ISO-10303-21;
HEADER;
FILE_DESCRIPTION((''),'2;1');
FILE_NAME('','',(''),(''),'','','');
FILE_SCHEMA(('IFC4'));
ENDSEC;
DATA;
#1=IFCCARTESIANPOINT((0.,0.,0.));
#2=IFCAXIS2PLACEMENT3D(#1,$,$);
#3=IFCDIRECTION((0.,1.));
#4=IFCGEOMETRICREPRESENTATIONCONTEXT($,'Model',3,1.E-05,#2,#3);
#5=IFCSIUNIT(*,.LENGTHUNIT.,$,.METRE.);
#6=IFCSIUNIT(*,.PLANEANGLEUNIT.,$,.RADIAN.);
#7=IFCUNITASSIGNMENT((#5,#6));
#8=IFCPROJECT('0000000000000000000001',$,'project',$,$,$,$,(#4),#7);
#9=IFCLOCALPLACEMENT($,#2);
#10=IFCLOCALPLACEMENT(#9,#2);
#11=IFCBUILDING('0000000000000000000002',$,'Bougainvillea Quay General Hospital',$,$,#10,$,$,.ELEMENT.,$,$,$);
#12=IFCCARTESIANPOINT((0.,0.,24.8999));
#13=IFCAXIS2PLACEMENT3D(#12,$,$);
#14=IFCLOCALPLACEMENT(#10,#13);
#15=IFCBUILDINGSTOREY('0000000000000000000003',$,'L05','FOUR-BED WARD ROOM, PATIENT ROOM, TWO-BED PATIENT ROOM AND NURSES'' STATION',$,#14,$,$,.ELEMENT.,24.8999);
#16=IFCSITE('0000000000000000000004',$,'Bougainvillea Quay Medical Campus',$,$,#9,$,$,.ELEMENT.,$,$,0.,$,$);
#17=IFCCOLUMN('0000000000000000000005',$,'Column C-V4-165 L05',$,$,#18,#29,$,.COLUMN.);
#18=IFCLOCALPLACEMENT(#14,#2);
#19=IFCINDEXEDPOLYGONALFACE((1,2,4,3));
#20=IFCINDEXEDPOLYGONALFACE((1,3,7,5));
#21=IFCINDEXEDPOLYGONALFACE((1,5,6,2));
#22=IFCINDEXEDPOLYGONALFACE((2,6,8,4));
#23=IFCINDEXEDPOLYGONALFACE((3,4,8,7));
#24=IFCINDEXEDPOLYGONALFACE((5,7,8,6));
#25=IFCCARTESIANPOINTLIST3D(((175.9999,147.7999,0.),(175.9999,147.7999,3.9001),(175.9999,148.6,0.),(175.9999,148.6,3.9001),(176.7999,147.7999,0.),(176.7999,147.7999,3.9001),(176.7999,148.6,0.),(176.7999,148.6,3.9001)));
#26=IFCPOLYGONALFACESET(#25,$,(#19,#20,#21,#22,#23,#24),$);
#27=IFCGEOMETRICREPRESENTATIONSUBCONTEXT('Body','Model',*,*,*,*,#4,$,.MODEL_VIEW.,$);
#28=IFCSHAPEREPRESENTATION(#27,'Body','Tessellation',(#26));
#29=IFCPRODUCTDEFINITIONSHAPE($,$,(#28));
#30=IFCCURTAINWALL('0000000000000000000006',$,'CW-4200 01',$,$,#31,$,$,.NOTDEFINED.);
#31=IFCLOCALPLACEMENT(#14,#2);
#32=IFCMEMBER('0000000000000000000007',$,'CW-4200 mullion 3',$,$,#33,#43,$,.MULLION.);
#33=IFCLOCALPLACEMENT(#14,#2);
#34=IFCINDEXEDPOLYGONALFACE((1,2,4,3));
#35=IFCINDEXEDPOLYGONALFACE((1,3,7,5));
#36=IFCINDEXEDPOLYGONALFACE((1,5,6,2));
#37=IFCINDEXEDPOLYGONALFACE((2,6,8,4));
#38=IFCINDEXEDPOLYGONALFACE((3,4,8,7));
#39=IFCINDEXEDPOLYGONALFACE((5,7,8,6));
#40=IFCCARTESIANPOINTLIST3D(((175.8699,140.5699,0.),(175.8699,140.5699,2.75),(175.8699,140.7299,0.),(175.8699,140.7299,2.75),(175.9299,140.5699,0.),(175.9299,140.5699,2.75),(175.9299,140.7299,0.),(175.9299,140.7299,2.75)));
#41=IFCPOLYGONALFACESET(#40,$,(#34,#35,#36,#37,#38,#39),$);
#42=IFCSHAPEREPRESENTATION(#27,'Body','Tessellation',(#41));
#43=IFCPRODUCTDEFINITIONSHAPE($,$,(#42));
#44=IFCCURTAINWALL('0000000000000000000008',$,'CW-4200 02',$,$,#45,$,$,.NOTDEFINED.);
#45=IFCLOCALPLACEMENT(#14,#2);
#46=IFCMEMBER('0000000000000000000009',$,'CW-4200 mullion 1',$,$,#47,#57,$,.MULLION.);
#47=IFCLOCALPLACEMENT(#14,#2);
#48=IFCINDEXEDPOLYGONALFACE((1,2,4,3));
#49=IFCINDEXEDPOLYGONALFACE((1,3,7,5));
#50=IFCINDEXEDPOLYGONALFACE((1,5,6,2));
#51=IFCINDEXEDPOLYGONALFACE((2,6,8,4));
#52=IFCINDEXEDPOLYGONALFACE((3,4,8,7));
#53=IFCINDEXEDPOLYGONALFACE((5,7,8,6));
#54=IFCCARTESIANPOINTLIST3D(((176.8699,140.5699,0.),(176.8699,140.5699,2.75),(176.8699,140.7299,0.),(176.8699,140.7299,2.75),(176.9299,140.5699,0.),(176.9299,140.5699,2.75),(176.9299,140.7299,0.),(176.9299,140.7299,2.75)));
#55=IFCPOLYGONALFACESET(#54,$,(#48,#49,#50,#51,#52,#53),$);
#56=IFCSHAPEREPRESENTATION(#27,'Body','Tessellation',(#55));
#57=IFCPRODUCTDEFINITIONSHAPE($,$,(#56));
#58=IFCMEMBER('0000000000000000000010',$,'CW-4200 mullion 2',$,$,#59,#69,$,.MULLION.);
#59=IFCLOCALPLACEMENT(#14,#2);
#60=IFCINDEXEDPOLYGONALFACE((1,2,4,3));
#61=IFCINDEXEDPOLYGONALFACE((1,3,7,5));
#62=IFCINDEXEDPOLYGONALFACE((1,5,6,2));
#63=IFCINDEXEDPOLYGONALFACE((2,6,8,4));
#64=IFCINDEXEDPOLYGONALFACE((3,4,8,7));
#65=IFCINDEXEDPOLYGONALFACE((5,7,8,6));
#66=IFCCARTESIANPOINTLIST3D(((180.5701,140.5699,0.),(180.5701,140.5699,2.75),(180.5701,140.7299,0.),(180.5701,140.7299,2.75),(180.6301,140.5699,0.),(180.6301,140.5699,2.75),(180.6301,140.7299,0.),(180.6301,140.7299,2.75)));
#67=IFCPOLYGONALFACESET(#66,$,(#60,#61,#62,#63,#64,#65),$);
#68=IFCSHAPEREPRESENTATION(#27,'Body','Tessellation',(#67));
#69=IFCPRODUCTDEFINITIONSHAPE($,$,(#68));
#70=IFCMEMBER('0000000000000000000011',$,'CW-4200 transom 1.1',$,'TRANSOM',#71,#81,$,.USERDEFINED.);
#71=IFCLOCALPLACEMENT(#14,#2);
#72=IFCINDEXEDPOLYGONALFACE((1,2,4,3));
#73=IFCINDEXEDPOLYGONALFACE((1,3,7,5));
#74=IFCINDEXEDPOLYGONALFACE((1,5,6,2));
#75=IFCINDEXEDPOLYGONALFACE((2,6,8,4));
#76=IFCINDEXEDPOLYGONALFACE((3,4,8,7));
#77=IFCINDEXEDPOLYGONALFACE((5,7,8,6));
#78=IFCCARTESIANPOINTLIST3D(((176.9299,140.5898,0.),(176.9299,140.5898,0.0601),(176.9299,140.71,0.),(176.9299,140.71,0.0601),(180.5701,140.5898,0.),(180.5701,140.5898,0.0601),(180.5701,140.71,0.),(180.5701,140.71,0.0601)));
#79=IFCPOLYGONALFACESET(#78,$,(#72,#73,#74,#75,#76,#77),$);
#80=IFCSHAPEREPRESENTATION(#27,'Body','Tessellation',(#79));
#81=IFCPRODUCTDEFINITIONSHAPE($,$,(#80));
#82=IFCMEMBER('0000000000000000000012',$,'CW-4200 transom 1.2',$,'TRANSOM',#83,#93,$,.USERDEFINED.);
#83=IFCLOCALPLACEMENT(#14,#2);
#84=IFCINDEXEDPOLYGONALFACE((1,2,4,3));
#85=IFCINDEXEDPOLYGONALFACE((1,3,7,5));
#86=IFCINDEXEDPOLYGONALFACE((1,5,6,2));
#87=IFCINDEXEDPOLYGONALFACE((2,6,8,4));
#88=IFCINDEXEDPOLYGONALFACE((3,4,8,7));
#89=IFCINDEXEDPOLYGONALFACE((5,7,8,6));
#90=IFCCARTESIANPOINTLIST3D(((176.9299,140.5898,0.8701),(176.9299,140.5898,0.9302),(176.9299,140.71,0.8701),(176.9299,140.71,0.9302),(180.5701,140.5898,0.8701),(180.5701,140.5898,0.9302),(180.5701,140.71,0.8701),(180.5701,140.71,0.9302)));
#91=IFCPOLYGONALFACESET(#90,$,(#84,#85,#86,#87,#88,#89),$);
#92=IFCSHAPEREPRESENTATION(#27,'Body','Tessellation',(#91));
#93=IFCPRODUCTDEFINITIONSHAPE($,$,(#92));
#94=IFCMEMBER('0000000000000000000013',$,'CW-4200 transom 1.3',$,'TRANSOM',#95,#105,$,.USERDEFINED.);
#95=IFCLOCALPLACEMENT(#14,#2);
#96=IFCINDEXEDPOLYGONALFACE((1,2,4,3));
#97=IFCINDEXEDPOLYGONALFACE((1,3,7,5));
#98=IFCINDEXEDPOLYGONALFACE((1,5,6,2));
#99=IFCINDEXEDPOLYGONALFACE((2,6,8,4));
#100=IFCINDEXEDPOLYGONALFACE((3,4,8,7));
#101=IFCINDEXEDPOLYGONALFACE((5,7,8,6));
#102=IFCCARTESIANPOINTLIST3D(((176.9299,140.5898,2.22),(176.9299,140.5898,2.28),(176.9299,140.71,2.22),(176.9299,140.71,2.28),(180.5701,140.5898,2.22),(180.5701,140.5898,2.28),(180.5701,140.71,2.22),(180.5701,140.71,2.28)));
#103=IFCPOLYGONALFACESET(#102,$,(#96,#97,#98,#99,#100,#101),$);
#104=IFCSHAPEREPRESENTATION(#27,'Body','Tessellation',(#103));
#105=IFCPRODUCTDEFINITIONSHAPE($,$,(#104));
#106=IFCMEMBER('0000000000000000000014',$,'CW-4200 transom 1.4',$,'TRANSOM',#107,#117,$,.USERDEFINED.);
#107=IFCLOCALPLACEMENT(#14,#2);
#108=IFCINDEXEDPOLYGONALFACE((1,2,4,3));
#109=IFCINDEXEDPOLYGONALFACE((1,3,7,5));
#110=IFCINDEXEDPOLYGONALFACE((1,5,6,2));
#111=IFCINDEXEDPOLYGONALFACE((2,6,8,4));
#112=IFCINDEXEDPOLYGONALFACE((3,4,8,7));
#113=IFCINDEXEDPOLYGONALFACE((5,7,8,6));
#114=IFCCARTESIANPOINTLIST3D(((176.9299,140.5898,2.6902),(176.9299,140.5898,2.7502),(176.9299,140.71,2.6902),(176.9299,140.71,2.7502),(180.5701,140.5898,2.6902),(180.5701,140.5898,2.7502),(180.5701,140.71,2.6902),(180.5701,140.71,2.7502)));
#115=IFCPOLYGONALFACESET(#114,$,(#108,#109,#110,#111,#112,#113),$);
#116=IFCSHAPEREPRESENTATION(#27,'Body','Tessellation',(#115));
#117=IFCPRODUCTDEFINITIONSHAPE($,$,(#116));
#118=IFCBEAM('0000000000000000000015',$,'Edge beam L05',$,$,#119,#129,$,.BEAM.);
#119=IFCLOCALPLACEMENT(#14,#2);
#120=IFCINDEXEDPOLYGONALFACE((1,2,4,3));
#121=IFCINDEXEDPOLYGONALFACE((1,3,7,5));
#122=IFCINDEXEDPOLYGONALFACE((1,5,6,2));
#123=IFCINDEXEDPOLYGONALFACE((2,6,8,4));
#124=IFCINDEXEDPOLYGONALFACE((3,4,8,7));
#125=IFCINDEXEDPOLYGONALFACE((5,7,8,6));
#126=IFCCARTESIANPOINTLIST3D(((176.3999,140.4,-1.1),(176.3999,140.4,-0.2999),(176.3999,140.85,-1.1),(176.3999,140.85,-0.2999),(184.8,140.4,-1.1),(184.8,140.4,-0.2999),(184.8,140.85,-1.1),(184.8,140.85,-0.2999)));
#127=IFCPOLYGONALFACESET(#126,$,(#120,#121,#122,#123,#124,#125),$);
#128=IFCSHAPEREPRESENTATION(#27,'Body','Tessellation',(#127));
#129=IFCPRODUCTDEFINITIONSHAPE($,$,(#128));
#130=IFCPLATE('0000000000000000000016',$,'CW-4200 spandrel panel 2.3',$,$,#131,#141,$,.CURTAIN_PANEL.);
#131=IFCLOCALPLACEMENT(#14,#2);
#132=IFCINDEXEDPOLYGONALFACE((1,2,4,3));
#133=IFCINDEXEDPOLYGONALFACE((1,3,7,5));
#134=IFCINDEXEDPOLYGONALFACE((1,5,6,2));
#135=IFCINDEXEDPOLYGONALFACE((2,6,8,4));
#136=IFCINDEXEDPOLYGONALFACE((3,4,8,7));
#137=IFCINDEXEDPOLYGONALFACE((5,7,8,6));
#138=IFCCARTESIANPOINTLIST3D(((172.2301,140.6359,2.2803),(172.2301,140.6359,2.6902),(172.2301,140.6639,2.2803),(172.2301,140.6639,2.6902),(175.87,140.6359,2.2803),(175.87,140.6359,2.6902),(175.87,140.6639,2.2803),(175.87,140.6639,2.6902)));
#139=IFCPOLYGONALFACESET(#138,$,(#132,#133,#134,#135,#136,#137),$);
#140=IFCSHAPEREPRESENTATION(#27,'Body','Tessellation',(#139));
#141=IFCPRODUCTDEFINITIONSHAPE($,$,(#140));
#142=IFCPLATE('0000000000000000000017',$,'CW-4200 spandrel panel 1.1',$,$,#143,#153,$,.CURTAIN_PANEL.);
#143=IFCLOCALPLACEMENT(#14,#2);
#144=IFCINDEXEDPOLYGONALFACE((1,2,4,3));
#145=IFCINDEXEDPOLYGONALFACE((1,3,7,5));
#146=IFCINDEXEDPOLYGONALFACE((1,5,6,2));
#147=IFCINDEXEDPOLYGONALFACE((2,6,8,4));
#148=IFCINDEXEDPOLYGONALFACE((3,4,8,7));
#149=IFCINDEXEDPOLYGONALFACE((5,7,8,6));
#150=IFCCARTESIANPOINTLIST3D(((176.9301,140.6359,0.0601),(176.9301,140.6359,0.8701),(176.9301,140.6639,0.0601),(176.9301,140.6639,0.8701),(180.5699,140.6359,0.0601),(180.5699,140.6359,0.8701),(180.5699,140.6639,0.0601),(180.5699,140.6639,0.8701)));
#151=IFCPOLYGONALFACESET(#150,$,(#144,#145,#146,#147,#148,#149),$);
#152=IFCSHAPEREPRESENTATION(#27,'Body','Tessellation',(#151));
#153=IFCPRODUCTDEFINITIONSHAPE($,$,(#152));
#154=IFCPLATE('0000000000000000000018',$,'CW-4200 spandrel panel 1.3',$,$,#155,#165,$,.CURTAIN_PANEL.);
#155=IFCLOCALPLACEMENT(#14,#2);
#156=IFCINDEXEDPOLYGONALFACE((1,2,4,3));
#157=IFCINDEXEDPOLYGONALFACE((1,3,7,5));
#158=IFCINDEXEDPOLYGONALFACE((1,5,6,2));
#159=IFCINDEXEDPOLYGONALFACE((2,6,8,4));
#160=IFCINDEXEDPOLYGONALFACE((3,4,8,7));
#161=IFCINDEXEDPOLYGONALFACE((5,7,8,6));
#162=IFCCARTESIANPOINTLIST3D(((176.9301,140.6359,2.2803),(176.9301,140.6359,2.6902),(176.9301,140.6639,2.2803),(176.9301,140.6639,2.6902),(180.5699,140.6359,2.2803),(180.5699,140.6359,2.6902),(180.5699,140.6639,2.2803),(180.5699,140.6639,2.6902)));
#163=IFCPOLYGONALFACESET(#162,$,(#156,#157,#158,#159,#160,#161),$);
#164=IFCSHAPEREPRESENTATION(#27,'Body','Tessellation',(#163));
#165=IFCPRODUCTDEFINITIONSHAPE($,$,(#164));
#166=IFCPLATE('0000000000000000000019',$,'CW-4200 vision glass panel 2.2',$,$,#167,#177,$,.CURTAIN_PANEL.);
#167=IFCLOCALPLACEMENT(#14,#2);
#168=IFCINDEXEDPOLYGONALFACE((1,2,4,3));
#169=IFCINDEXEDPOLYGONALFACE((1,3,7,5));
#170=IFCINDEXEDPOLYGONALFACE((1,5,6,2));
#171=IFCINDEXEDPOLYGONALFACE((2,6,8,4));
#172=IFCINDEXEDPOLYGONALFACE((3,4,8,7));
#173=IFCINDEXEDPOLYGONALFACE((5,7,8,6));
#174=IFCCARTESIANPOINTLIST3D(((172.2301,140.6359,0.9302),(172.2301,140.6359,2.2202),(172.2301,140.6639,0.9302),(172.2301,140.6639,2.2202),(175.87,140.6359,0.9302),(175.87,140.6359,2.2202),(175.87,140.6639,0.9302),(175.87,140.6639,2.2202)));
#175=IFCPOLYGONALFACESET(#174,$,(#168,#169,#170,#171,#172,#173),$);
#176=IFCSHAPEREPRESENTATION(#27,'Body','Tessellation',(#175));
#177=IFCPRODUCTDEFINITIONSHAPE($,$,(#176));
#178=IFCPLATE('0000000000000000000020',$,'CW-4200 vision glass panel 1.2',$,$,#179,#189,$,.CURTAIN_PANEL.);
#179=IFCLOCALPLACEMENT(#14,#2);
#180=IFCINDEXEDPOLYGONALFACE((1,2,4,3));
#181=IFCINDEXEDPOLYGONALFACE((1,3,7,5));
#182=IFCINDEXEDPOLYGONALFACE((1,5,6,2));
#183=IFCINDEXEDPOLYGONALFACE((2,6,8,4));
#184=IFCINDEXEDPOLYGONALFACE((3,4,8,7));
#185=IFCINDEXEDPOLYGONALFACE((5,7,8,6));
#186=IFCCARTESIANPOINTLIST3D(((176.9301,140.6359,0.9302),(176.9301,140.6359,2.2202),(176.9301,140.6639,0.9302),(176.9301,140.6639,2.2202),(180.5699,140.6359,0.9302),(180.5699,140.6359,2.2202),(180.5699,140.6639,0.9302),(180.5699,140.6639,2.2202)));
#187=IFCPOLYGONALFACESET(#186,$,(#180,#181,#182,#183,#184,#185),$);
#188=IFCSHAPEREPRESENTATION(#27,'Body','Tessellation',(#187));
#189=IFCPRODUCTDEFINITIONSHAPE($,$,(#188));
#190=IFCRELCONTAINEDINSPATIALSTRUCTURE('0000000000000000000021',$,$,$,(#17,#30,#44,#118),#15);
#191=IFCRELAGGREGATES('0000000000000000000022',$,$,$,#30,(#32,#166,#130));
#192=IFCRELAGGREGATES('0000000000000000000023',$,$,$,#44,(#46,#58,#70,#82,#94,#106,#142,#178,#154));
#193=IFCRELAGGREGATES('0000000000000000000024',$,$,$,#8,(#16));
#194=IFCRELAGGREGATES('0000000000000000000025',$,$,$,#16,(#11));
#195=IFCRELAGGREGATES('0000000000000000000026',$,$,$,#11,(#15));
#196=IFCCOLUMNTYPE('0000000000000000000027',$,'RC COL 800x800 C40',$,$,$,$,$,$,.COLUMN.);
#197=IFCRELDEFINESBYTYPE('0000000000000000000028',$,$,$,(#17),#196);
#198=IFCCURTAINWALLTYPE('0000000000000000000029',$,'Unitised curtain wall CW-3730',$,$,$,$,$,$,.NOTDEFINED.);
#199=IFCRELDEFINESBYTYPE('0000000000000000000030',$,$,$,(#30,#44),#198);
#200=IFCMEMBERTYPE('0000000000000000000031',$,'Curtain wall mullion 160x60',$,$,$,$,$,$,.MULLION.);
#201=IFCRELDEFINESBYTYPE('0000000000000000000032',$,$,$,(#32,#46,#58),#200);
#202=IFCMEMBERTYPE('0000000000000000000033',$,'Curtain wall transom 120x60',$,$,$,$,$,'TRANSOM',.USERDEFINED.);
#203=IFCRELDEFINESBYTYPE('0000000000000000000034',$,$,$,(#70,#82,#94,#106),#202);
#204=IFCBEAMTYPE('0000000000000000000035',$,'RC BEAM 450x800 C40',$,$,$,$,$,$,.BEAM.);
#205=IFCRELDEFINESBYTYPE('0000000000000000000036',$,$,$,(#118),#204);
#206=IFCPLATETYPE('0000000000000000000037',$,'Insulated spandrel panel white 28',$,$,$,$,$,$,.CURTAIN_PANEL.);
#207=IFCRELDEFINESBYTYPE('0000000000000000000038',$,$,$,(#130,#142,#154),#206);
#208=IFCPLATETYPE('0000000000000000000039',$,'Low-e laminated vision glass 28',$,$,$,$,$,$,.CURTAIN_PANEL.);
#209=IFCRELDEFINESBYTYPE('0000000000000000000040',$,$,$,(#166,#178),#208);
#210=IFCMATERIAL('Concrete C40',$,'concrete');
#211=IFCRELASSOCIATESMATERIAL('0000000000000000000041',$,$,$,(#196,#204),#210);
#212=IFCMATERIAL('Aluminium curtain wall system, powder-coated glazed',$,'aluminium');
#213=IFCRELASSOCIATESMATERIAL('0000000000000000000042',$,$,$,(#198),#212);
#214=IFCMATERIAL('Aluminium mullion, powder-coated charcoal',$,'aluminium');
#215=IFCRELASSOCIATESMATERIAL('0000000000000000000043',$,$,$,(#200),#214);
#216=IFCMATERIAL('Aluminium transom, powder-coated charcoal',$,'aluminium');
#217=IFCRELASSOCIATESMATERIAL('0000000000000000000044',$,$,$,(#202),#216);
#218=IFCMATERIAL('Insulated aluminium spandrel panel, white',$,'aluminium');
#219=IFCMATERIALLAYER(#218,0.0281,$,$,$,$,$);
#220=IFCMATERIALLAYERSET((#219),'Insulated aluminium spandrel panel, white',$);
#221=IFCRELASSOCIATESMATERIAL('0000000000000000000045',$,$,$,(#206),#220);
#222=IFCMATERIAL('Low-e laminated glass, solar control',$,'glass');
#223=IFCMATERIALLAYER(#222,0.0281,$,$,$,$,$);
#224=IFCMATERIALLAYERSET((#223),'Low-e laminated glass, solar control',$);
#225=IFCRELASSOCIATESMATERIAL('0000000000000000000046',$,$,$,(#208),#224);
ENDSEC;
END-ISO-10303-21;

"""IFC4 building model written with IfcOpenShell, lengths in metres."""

from ifc_helpers import new_model, si_unit, direction, frame, origin, origin_2d, place, context, subcontext, project, spatial, rectangle, extrude, material, layer, layer_set, material_profile, profile_set, type_object, element, aggregate, save


model = new_model("IFC4")

# Units and contexts
model_context = context("Model", 3, precision=1e-05, world=origin(), true_north=direction((0.0, 1.0)))
body_context = subcontext(model_context, "Body", "Model", "MODEL_VIEW")
ifc_project = project(units=[si_unit("LENGTHUNIT", "METRE"), si_unit("PLANEANGLEUNIT", "RADIAN")], contexts=[model_context])

# Site, building, storey
site_placement = place(None, origin())
site = spatial("IfcSite", under=ifc_project, at=site_placement, Name="Bougainvillea Quay Medical Campus", CompositionType="ELEMENT", RefElevation=0.0)
building_placement = place(site_placement, origin())
building = spatial("IfcBuilding", under=site, at=building_placement, Name="Bougainvillea Quay General Hospital", CompositionType="ELEMENT")
storey_placement = place(building_placement, frame((0.0, 0.0, 24.8999)))
storey = spatial("IfcBuildingStorey", under=building, at=storey_placement, Name="L05", Description="FOUR-BED WARD ROOM, PATIENT ROOM, TWO-BED PATIENT ROOM AND NURSES' STATION", CompositionType="ELEMENT", Elevation=24.8999)

# Column
ifc_material_1 = material(Name="Concrete C40", Category="concrete")
ifc_material_profile_1 = material_profile(ifc_material_1, rectangle(XDim=0.8, YDim=0.8, at=origin_2d()))
ifc_profile_set_1 = profile_set([ifc_material_profile_1], Name="Concrete C40")
column_type = type_object("IfcColumnType", Name="RC COL 800x800 C40", PredefinedType="COLUMN", material=ifc_profile_set_1)
column_placement = place(storey_placement, frame((176.3999, 148.2, 0.0), z_axis=(0.0, 0.0, 1.0), x_axis=(1.0, 0.0, 0.0)))
element("IfcColumn", 1, at=column_placement, inside=storey, type_object=column_type, Name="Column C-V4-165 L05", PredefinedType="COLUMN", context=body_context, shape_type="SweptSolid", body=[
    extrude(rectangle(XDim=0.8, YDim=0.8, at=origin_2d()), origin(), (0.0, 0.0, 1.0), 3.9001),
])

# Curtain wall, member
ifc_material_2 = material(Name="Aluminium curtain wall system, powder-coated glazed", Category="aluminium")
curtain_wall_type = type_object("IfcCurtainWallType", Name="Unitised curtain wall CW-3730", PredefinedType="NOTDEFINED", material=ifc_material_2)
curtain_wall_1_placement = place(storey_placement, origin())
curtain_wall_1 = element("IfcCurtainWall", 2, at=curtain_wall_1_placement, inside=storey, type_object=curtain_wall_type, Name="CW-4200 01", PredefinedType="NOTDEFINED")
ifc_material_3 = material(Name="Aluminium mullion, powder-coated charcoal", Category="aluminium")
ifc_material_profile_2 = material_profile(ifc_material_3, rectangle(XDim=0.1599, YDim=0.0601, at=origin_2d()))
ifc_profile_set_2 = profile_set([ifc_material_profile_2], Name="Aluminium mullion, powder-coated charcoal")
member_type_1 = type_object("IfcMemberType", Name="Curtain wall mullion 160x60", PredefinedType="MULLION", material=ifc_profile_set_2)
member_1_placement = place(storey_placement, frame((175.8999, 140.6499, 0.0), z_axis=(0.0, 0.0, 1.0), x_axis=(0.0, 1.0, 0.0)))
member_1 = element("IfcMember", 3, at=member_1_placement, type_object=member_type_1, Name="CW-4200 mullion 3", PredefinedType="MULLION", context=body_context, shape_type="SweptSolid", body=[
    extrude(rectangle(XDim=0.1599, YDim=0.0601, at=origin_2d()), origin(), (0.0, 0.0, 1.0), 2.75),
])

# Curtain wall, members
curtain_wall_2_placement = place(storey_placement, origin())
curtain_wall_2 = element("IfcCurtainWall", 4, at=curtain_wall_2_placement, inside=storey, type_object=curtain_wall_type, Name="CW-4200 02", PredefinedType="NOTDEFINED")
member_2_placement = place(storey_placement, frame((176.8999, 140.6499, 0.0), z_axis=(0.0, 0.0, 1.0), x_axis=(0.0, 1.0, 0.0)))
member_2 = element("IfcMember", 5, at=member_2_placement, type_object=member_type_1, Name="CW-4200 mullion 1", PredefinedType="MULLION", context=body_context, shape_type="SweptSolid", body=[
    extrude(rectangle(XDim=0.1599, YDim=0.0601, at=origin_2d()), origin(), (0.0, 0.0, 1.0), 2.75),
])
member_3_placement = place(storey_placement, frame((180.6001, 140.6499, 0.0), z_axis=(0.0, 0.0, 1.0), x_axis=(0.0, 1.0, 0.0)))
member_3 = element("IfcMember", 6, at=member_3_placement, type_object=member_type_1, Name="CW-4200 mullion 2", PredefinedType="MULLION", context=body_context, shape_type="SweptSolid", body=[
    extrude(rectangle(XDim=0.1599, YDim=0.0601, at=origin_2d()), origin(), (0.0, 0.0, 1.0), 2.75),
])
ifc_material_4 = material(Name="Aluminium transom, powder-coated charcoal", Category="aluminium")
ifc_material_profile_3 = material_profile(ifc_material_4, rectangle(XDim=0.1201, YDim=0.0601, at=origin_2d()))
ifc_profile_set_3 = profile_set([ifc_material_profile_3], Name="Aluminium transom, powder-coated charcoal")
member_type_2 = type_object("IfcMemberType", Name="Curtain wall transom 120x60", ElementType="TRANSOM", PredefinedType="USERDEFINED", material=ifc_profile_set_3)
member_4_placement = place(storey_placement, frame((176.9299, 140.6499, 0.03), z_axis=(1.0, 0.0, 0.0), x_axis=(0.0, 1.0, 0.0)))
member_4 = element("IfcMember", 7, at=member_4_placement, type_object=member_type_2, Name="CW-4200 transom 1.1", ObjectType="TRANSOM", PredefinedType="USERDEFINED", context=body_context, shape_type="SweptSolid", body=[
    extrude(rectangle(XDim=0.1201, YDim=0.0601, at=origin_2d()), origin(), (0.0, 0.0, 1.0), 3.6401),
])
member_5_placement = place(storey_placement, frame((176.9299, 140.6499, 0.9001), z_axis=(1.0, 0.0, 0.0), x_axis=(0.0, 1.0, 0.0)))
member_5 = element("IfcMember", 8, at=member_5_placement, type_object=member_type_2, Name="CW-4200 transom 1.2", ObjectType="TRANSOM", PredefinedType="USERDEFINED", context=body_context, shape_type="SweptSolid", body=[
    extrude(rectangle(XDim=0.1201, YDim=0.0601, at=origin_2d()), origin(), (0.0, 0.0, 1.0), 3.6401),
])
member_6_placement = place(storey_placement, frame((176.9299, 140.6499, 2.25), z_axis=(1.0, 0.0, 0.0), x_axis=(0.0, 1.0, 0.0)))
member_6 = element("IfcMember", 9, at=member_6_placement, type_object=member_type_2, Name="CW-4200 transom 1.3", ObjectType="TRANSOM", PredefinedType="USERDEFINED", context=body_context, shape_type="SweptSolid", body=[
    extrude(rectangle(XDim=0.1201, YDim=0.0601, at=origin_2d()), origin(), (0.0, 0.0, 1.0), 3.6401),
])
member_7_placement = place(storey_placement, frame((176.9299, 140.6499, 2.7202), z_axis=(1.0, 0.0, 0.0), x_axis=(0.0, 1.0, 0.0)))
member_7 = element("IfcMember", 10, at=member_7_placement, type_object=member_type_2, Name="CW-4200 transom 1.4", ObjectType="TRANSOM", PredefinedType="USERDEFINED", context=body_context, shape_type="SweptSolid", body=[
    extrude(rectangle(XDim=0.1201, YDim=0.0601, at=origin_2d()), origin(), (0.0, 0.0, 1.0), 3.6401),
])

# Beam
ifc_material_profile_4 = material_profile(ifc_material_1, rectangle(XDim=0.45, YDim=0.8, at=origin_2d()))
ifc_profile_set_4 = profile_set([ifc_material_profile_4], Name="Concrete C40")
beam_type = type_object("IfcBeamType", Name="RC BEAM 450x800 C40", PredefinedType="BEAM", material=ifc_profile_set_4)
beam_placement = place(storey_placement, frame((176.3999, 140.625, -0.7), z_axis=(1.0, 0.0, 0.0), x_axis=(0.0, 1.0, 0.0)))
element("IfcBeam", 11, at=beam_placement, inside=storey, type_object=beam_type, Name="Edge beam L05", PredefinedType="BEAM", context=body_context, shape_type="SweptSolid", body=[
    extrude(rectangle(XDim=0.45, YDim=0.8, at=origin_2d()), origin(), (0.0, 0.0, 1.0), 8.4001),
])

# Plates
ifc_material_5 = material(Name="Insulated aluminium spandrel panel, white", Category="aluminium")
ifc_layer_1 = layer(ifc_material_5, 0.0281)
ifc_layer_set_1 = layer_set([ifc_layer_1], Name="Insulated aluminium spandrel panel, white")
plate_type_1 = type_object("IfcPlateType", Name="Insulated spandrel panel white 28", PredefinedType="CURTAIN_PANEL", material=ifc_layer_set_1)
plate_1_placement = place(storey_placement, frame((174.05, 140.6499, 2.2803), z_axis=(0.0, 0.0, 1.0), x_axis=(1.0, 0.0, 0.0)))
plate_1 = element("IfcPlate", 12, at=plate_1_placement, type_object=plate_type_1, Name="CW-4200 spandrel panel 2.3", PredefinedType="CURTAIN_PANEL", context=body_context, shape_type="SweptSolid", body=[
    extrude(rectangle(XDim=3.6399, YDim=0.0281, at=origin_2d()), origin(), (0.0, 0.0, 1.0), 0.4099),
])
plate_2_placement = place(storey_placement, frame((178.75, 140.6499, 0.0601), z_axis=(0.0, 0.0, 1.0), x_axis=(1.0, 0.0, 0.0)))
plate_2 = element("IfcPlate", 13, at=plate_2_placement, type_object=plate_type_1, Name="CW-4200 spandrel panel 1.1", PredefinedType="CURTAIN_PANEL", context=body_context, shape_type="SweptSolid", body=[
    extrude(rectangle(XDim=3.6399, YDim=0.0281, at=origin_2d()), origin(), (0.0, 0.0, 1.0), 0.8101),
])
plate_3_placement = place(storey_placement, frame((178.75, 140.6499, 2.2803), z_axis=(0.0, 0.0, 1.0), x_axis=(1.0, 0.0, 0.0)))
plate_3 = element("IfcPlate", 14, at=plate_3_placement, type_object=plate_type_1, Name="CW-4200 spandrel panel 1.3", PredefinedType="CURTAIN_PANEL", context=body_context, shape_type="SweptSolid", body=[
    extrude(rectangle(XDim=3.6399, YDim=0.0281, at=origin_2d()), origin(), (0.0, 0.0, 1.0), 0.4099),
])
ifc_material_6 = material(Name="Low-e laminated glass, solar control", Category="glass")
ifc_layer_2 = layer(ifc_material_6, 0.0281)
ifc_layer_set_2 = layer_set([ifc_layer_2], Name="Low-e laminated glass, solar control")
plate_type_2 = type_object("IfcPlateType", Name="Low-e laminated vision glass 28", PredefinedType="CURTAIN_PANEL", material=ifc_layer_set_2)
plate_4_placement = place(storey_placement, frame((174.05, 140.6499, 0.9302), z_axis=(0.0, 0.0, 1.0), x_axis=(1.0, 0.0, 0.0)))
plate_4 = element("IfcPlate", 15, at=plate_4_placement, type_object=plate_type_2, Name="CW-4200 vision glass panel 2.2", PredefinedType="CURTAIN_PANEL", context=body_context, shape_type="SweptSolid", body=[
    extrude(rectangle(XDim=3.6399, YDim=0.0281, at=origin_2d()), origin(), (0.0, 0.0, 1.0), 1.29),
])
aggregate(curtain_wall_1, [member_1, plate_4, plate_1])
plate_5_placement = place(storey_placement, frame((178.75, 140.6499, 0.9302), z_axis=(0.0, 0.0, 1.0), x_axis=(1.0, 0.0, 0.0)))
plate_5 = element("IfcPlate", 16, at=plate_5_placement, type_object=plate_type_2, Name="CW-4200 vision glass panel 1.2", PredefinedType="CURTAIN_PANEL", context=body_context, shape_type="SweptSolid", body=[
    extrude(rectangle(XDim=3.6399, YDim=0.0281, at=origin_2d()), origin(), (0.0, 0.0, 1.0), 1.29),
])
aggregate(curtain_wall_2, [member_2, member_3, member_4, member_5, member_6, member_7, plate_2, plate_5, plate_3])

save(model, "model.ifc")
